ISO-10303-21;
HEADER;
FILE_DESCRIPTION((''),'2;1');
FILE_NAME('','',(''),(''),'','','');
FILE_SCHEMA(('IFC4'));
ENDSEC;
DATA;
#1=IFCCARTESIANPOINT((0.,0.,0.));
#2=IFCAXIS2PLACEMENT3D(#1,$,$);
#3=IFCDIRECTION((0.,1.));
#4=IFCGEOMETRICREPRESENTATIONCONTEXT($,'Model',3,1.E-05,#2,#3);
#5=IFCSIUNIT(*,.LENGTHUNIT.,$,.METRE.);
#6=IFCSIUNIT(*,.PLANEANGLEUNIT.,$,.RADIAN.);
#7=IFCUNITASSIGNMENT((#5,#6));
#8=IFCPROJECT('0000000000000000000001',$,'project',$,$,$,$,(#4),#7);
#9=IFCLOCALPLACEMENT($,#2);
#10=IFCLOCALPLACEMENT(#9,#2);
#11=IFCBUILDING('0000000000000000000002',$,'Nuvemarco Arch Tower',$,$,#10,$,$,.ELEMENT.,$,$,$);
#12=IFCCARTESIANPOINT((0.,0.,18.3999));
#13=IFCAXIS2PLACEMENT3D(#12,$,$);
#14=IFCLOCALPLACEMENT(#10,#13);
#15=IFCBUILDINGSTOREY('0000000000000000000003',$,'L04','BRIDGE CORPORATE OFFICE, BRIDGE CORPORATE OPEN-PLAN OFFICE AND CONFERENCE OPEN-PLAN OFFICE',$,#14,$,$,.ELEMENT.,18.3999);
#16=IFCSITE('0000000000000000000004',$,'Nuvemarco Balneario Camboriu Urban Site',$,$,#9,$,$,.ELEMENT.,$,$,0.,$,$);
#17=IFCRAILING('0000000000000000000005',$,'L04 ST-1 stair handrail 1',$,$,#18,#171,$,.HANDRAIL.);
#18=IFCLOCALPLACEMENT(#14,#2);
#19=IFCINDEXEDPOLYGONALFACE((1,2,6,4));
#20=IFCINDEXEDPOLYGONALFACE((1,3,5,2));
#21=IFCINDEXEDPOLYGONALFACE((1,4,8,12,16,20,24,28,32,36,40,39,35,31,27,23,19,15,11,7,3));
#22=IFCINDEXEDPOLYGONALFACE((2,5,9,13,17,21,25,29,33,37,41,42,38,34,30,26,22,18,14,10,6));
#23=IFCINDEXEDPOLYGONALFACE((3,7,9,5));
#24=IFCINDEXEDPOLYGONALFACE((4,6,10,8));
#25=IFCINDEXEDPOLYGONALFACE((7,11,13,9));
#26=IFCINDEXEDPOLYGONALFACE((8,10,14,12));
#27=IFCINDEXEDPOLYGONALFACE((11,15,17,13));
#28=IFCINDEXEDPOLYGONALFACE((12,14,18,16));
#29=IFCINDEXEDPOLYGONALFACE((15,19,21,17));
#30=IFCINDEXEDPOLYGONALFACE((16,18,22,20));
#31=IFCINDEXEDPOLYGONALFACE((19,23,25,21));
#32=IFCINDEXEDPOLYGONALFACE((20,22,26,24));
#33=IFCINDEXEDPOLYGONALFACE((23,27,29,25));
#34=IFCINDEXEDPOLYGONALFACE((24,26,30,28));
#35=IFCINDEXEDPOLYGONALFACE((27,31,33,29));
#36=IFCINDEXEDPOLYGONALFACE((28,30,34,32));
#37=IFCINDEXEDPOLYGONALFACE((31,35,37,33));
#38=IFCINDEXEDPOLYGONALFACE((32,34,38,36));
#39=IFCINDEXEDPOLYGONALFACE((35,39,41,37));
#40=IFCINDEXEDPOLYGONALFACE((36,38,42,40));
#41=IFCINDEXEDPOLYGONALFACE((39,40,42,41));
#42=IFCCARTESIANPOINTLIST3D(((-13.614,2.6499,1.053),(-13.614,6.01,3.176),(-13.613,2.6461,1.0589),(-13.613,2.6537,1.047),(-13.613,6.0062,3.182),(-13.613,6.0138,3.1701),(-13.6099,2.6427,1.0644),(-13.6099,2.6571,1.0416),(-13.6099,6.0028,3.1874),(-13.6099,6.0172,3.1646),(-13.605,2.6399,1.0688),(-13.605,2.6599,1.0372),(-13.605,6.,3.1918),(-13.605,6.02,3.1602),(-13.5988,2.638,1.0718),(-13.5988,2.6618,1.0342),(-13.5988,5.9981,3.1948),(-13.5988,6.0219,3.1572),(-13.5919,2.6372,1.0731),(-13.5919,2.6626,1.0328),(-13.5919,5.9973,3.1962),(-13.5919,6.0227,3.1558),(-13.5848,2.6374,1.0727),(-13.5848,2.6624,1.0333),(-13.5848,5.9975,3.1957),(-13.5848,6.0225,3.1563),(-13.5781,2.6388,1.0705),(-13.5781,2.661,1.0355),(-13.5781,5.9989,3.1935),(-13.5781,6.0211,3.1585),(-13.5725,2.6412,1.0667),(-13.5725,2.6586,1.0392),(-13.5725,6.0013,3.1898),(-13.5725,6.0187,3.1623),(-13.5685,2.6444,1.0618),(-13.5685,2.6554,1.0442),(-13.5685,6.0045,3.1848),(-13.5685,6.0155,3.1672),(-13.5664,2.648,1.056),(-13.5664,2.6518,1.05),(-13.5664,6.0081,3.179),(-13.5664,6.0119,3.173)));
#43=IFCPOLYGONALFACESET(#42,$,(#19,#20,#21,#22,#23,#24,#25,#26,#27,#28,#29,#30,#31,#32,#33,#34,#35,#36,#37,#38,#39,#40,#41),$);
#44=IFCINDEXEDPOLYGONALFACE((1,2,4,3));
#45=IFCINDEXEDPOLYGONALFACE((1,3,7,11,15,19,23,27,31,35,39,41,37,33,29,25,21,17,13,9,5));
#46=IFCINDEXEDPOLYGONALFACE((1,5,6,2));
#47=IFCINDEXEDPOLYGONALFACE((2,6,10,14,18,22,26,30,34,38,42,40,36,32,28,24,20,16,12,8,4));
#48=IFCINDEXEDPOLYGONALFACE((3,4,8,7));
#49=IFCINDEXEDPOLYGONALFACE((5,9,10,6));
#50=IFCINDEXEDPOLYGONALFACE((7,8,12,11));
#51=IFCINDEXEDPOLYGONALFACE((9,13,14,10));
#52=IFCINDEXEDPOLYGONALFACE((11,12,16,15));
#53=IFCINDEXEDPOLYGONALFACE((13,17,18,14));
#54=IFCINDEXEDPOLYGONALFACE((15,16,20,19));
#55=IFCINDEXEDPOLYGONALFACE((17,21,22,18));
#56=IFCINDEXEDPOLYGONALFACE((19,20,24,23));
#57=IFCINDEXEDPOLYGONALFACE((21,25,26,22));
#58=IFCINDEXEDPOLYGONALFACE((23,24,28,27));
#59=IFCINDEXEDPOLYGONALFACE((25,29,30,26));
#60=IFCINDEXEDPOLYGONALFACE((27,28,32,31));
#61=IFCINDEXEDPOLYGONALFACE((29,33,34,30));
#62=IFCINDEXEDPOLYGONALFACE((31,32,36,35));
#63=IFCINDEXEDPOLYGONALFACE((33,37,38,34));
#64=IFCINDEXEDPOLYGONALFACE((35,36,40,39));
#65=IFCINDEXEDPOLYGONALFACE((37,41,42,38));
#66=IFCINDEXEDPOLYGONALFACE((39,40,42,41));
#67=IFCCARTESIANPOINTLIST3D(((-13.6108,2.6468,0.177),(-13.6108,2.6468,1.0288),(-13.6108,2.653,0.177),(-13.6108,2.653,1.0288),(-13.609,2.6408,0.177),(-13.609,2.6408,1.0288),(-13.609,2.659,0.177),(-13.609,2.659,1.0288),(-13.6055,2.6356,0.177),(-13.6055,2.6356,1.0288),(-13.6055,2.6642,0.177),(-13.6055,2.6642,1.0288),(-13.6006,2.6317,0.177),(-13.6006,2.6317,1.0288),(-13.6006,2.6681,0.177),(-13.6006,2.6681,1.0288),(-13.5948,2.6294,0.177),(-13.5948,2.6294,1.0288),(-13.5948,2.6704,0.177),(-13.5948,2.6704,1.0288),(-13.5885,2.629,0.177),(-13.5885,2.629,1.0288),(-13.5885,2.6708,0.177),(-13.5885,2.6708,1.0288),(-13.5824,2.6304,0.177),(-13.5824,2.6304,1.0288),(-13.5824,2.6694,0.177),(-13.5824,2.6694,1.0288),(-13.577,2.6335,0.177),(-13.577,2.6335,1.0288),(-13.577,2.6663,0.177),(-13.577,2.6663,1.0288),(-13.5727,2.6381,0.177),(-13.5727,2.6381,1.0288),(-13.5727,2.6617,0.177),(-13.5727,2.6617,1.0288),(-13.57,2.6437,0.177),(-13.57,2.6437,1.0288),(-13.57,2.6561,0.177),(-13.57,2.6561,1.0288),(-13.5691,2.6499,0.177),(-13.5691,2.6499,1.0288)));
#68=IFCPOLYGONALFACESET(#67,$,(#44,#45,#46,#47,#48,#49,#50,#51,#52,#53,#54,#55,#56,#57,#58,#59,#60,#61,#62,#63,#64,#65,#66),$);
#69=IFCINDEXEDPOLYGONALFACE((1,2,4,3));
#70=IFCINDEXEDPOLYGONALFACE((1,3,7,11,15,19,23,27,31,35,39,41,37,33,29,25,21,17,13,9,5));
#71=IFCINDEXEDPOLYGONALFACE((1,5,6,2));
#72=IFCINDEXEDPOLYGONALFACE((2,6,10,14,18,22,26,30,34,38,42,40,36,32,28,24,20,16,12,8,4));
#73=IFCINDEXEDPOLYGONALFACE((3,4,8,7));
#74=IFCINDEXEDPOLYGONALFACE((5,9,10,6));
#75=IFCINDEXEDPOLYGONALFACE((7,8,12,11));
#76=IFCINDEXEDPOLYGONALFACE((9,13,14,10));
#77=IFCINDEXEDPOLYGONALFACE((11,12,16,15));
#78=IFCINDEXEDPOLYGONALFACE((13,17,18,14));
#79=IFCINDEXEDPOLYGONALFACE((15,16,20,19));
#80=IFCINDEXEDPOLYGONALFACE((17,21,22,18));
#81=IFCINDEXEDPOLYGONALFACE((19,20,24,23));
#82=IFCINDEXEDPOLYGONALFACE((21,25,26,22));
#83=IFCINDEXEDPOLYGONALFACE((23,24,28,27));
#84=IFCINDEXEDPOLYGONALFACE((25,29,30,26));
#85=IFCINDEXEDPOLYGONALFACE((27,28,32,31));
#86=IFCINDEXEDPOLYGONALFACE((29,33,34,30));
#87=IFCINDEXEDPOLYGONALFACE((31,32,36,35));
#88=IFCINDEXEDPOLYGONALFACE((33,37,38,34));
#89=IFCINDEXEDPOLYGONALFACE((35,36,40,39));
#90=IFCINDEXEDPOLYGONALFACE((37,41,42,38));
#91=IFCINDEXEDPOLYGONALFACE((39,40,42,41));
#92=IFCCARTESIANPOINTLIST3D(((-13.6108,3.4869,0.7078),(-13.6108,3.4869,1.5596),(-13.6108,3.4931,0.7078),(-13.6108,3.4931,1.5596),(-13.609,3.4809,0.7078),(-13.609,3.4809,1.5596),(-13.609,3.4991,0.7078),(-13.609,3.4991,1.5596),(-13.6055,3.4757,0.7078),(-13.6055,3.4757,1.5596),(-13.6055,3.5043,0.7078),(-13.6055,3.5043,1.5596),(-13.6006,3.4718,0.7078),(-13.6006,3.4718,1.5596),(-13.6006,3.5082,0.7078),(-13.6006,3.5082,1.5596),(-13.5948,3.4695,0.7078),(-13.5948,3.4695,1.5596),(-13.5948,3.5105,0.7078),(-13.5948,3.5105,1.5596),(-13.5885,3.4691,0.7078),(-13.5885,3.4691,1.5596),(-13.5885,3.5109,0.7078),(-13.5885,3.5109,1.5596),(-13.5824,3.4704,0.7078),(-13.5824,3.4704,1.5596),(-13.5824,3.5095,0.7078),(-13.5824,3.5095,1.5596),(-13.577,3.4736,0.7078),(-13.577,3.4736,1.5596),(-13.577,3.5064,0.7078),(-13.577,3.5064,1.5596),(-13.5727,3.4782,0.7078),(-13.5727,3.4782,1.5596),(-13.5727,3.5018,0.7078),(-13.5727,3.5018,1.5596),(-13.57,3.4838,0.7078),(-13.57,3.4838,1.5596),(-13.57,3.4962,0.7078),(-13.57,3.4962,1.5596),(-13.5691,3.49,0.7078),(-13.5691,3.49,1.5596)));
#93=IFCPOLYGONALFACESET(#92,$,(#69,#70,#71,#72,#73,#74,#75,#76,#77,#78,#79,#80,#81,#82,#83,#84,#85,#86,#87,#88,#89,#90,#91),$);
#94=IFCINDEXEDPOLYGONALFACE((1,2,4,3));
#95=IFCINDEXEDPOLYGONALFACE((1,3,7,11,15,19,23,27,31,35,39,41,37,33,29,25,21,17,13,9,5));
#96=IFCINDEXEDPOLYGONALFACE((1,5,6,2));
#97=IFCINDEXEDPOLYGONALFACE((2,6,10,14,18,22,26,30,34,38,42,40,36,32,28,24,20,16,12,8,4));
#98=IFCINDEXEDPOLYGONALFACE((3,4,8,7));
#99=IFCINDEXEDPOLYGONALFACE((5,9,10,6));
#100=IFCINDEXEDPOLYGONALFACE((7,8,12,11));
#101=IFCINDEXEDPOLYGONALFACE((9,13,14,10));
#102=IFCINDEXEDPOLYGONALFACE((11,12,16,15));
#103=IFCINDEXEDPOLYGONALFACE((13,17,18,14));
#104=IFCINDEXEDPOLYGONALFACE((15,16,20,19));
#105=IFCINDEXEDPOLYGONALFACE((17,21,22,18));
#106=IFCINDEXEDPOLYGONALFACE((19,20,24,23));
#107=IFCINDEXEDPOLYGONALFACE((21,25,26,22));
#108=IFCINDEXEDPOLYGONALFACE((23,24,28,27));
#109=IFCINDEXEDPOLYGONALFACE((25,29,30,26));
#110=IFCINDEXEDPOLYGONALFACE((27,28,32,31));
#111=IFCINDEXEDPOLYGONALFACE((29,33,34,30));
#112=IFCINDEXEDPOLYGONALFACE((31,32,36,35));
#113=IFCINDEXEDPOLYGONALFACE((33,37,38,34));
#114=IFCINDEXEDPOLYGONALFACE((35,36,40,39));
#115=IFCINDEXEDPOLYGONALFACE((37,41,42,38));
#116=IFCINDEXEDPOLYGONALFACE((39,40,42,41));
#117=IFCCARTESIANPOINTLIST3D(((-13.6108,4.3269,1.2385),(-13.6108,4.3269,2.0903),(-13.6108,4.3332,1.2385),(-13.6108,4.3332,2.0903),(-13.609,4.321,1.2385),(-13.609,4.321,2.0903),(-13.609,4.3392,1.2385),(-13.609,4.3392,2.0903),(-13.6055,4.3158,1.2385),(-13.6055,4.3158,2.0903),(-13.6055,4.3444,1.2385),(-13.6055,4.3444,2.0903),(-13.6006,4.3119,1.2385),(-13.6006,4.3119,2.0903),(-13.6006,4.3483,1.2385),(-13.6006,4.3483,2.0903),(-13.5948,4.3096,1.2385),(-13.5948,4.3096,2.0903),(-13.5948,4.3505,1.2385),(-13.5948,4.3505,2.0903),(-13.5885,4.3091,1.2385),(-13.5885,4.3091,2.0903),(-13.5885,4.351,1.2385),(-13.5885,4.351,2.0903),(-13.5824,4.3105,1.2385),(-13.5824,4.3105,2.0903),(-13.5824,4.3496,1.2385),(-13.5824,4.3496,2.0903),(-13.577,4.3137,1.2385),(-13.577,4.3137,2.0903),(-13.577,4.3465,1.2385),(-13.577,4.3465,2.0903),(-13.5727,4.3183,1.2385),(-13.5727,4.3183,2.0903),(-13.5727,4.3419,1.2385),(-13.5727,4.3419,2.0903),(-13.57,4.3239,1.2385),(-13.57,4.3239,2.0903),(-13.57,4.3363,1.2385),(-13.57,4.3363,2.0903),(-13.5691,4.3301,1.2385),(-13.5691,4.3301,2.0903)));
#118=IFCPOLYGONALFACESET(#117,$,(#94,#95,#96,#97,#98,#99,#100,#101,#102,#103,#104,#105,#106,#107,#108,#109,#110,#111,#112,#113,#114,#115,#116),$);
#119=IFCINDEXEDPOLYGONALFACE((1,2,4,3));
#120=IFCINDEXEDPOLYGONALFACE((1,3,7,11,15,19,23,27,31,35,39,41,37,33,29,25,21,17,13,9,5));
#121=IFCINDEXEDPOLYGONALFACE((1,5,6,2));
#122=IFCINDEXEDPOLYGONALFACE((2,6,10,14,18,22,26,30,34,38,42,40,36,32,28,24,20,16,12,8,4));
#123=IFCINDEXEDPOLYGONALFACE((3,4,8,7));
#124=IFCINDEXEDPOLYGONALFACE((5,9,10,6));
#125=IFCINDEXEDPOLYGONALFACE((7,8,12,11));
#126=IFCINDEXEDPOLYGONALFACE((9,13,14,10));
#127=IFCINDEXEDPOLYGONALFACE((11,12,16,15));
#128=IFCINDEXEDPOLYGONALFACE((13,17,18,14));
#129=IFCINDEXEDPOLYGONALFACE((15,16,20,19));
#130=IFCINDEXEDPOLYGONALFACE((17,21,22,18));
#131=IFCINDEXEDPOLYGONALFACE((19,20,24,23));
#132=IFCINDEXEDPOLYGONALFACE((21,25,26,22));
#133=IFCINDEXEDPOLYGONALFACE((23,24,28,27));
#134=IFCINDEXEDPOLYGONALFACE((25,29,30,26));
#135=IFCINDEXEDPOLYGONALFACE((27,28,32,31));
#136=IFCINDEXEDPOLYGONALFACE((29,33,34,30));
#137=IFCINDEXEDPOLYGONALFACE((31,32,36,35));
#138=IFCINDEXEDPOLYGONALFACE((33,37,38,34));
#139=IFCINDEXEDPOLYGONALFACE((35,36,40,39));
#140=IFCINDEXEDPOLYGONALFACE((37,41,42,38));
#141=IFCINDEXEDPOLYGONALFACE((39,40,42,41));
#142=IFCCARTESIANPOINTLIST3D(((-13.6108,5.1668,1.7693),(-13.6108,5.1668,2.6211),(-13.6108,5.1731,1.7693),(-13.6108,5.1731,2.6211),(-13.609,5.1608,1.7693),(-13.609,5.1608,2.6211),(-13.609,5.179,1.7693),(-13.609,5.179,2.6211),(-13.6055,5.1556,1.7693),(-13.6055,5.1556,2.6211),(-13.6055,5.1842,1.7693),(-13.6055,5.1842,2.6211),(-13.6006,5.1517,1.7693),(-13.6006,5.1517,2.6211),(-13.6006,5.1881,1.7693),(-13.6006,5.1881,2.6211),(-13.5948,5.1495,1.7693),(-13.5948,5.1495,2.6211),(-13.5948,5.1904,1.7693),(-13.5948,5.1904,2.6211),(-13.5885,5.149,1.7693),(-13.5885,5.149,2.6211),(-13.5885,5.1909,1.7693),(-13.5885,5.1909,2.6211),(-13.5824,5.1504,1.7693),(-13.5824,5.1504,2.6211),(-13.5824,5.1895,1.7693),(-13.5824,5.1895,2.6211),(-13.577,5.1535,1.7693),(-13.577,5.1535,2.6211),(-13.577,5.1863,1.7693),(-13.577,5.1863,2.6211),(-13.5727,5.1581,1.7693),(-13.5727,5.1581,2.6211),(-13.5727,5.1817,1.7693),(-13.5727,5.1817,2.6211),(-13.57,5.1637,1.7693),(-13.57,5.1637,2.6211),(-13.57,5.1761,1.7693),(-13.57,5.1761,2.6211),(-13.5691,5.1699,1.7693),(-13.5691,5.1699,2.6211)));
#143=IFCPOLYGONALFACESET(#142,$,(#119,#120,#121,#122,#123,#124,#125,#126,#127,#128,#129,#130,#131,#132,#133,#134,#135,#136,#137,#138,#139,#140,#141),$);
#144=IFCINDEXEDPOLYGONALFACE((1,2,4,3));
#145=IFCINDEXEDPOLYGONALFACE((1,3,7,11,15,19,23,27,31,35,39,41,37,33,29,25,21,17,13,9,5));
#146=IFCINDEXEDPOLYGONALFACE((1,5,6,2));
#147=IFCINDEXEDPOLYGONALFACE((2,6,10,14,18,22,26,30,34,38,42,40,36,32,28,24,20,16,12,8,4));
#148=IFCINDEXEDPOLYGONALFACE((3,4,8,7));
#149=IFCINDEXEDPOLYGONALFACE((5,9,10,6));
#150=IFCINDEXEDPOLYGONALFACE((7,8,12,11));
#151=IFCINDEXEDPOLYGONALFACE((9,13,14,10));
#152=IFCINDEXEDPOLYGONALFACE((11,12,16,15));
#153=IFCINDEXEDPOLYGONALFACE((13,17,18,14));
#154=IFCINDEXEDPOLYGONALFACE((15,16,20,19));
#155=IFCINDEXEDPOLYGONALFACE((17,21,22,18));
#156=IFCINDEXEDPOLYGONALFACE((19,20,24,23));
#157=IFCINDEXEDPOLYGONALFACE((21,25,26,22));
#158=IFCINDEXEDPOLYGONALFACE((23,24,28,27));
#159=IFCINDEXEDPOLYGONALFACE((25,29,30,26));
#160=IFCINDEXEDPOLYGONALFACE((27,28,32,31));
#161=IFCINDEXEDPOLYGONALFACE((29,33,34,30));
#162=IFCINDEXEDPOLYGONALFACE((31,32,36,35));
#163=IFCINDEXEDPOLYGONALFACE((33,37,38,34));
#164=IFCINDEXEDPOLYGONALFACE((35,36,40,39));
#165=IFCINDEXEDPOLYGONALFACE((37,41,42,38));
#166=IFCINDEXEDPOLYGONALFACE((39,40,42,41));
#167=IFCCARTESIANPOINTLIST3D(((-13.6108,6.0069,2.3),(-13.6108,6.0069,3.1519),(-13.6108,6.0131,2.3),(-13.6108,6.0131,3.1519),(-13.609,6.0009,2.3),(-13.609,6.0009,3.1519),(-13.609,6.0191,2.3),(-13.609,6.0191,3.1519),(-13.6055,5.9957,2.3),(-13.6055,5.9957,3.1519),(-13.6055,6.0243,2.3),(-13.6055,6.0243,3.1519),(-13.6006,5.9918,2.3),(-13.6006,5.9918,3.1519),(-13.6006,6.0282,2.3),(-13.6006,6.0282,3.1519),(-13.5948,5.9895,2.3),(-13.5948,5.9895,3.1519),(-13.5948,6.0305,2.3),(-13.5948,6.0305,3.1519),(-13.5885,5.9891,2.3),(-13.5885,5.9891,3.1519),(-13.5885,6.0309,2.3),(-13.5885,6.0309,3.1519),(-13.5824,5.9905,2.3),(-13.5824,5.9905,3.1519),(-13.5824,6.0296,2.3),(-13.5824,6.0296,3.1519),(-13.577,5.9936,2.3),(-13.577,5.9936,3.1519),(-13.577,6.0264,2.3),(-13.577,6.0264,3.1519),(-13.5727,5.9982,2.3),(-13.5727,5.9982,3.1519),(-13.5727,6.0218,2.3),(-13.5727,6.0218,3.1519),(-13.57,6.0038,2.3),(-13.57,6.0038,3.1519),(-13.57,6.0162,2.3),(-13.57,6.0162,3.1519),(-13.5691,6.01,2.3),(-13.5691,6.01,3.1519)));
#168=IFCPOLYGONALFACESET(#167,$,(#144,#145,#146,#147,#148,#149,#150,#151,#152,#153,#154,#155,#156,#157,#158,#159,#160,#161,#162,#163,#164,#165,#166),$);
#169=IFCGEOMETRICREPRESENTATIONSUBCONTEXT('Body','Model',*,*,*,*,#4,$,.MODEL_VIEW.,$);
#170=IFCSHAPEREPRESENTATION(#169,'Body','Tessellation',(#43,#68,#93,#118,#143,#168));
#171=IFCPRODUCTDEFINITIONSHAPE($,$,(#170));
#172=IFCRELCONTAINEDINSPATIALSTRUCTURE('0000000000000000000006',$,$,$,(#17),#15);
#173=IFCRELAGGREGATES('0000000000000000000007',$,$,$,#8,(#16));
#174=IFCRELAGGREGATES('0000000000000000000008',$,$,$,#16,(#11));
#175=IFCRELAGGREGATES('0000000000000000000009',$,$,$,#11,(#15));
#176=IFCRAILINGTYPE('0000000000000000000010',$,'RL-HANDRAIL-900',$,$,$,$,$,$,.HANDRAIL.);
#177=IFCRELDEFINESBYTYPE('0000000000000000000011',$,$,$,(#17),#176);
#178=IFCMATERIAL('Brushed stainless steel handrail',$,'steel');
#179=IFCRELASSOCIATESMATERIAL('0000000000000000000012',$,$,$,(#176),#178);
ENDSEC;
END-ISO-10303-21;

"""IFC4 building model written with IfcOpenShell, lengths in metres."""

from ifc_helpers import new_model, si_unit, direction, frame, origin, origin_2d, place, context, subcontext, project, spatial, circle, extrude, material, type_object, element, save


model = new_model("IFC4")

# Units and contexts
model_context = context("Model", 3, precision=1e-05, world=origin(), true_north=direction((0.0, 1.0)))
body_context = subcontext(model_context, "Body", "Model", "MODEL_VIEW")
ifc_project = project(units=[si_unit("LENGTHUNIT", "METRE"), si_unit("PLANEANGLEUNIT", "RADIAN")], contexts=[model_context])

# Site, building, storey
site_placement = place(None, origin())
site = spatial("IfcSite", under=ifc_project, at=site_placement, Name="Nuvemarco Balneario Camboriu Urban Site", CompositionType="ELEMENT", RefElevation=0.0)
building_placement = place(site_placement, origin())
building = spatial("IfcBuilding", under=site, at=building_placement, Name="Nuvemarco Arch Tower", CompositionType="ELEMENT")
storey_placement = place(building_placement, frame((0.0, 0.0, 18.3999)))
storey = spatial("IfcBuildingStorey", under=building, at=storey_placement, Name="L04", Description="BRIDGE CORPORATE OFFICE, BRIDGE CORPORATE OPEN-PLAN OFFICE AND CONFERENCE OPEN-PLAN OFFICE", CompositionType="ELEMENT", Elevation=18.3999)

# Railing
ifc_material_1 = material(Name="Brushed stainless steel handrail", Category="steel")
railing_type_1 = type_object("IfcRailingType", Name="RL-HANDRAIL-900", PredefinedType="HANDRAIL", material=ifc_material_1)
railing_1_placement = place(storey_placement, frame((-13.5901, 2.6499, 0.177)))
element("IfcRailing", 1, at=railing_1_placement, inside=storey, type_object=railing_type_1, Name="L04 ST-1 stair handrail 1", PredefinedType="HANDRAIL", context=body_context, shape_type="SweptSolid", body=[
    extrude(circle(Radius=0.0239, at=origin_2d()), frame((0.0, 0.0, 0.876), z_axis=(0.0, 0.84539, 0.53415), x_axis=(-1.0, 0.0, 0.0)), (0.0, 0.0, 1.0), 3.9746),
    extrude(circle(Radius=0.021, at=origin_2d()), origin(), (0.0, 0.0, 1.0), 0.8518),
    extrude(circle(Radius=0.021, at=origin_2d()), frame((0.0, 0.8401, 0.5308)), (0.0, 0.0, 1.0), 0.8518),
    extrude(circle(Radius=0.021, at=origin_2d()), frame((0.0, 1.6802, 1.0615)), (0.0, 0.0, 1.0), 0.8518),
    extrude(circle(Radius=0.021, at=origin_2d()), frame((0.0, 2.52, 1.5923)), (0.0, 0.0, 1.0), 0.8518),
    extrude(circle(Radius=0.021, at=origin_2d()), frame((0.0, 3.3601, 2.123)), (0.0, 0.0, 1.0), 0.8518),
])

save(model, "model.ifc")
